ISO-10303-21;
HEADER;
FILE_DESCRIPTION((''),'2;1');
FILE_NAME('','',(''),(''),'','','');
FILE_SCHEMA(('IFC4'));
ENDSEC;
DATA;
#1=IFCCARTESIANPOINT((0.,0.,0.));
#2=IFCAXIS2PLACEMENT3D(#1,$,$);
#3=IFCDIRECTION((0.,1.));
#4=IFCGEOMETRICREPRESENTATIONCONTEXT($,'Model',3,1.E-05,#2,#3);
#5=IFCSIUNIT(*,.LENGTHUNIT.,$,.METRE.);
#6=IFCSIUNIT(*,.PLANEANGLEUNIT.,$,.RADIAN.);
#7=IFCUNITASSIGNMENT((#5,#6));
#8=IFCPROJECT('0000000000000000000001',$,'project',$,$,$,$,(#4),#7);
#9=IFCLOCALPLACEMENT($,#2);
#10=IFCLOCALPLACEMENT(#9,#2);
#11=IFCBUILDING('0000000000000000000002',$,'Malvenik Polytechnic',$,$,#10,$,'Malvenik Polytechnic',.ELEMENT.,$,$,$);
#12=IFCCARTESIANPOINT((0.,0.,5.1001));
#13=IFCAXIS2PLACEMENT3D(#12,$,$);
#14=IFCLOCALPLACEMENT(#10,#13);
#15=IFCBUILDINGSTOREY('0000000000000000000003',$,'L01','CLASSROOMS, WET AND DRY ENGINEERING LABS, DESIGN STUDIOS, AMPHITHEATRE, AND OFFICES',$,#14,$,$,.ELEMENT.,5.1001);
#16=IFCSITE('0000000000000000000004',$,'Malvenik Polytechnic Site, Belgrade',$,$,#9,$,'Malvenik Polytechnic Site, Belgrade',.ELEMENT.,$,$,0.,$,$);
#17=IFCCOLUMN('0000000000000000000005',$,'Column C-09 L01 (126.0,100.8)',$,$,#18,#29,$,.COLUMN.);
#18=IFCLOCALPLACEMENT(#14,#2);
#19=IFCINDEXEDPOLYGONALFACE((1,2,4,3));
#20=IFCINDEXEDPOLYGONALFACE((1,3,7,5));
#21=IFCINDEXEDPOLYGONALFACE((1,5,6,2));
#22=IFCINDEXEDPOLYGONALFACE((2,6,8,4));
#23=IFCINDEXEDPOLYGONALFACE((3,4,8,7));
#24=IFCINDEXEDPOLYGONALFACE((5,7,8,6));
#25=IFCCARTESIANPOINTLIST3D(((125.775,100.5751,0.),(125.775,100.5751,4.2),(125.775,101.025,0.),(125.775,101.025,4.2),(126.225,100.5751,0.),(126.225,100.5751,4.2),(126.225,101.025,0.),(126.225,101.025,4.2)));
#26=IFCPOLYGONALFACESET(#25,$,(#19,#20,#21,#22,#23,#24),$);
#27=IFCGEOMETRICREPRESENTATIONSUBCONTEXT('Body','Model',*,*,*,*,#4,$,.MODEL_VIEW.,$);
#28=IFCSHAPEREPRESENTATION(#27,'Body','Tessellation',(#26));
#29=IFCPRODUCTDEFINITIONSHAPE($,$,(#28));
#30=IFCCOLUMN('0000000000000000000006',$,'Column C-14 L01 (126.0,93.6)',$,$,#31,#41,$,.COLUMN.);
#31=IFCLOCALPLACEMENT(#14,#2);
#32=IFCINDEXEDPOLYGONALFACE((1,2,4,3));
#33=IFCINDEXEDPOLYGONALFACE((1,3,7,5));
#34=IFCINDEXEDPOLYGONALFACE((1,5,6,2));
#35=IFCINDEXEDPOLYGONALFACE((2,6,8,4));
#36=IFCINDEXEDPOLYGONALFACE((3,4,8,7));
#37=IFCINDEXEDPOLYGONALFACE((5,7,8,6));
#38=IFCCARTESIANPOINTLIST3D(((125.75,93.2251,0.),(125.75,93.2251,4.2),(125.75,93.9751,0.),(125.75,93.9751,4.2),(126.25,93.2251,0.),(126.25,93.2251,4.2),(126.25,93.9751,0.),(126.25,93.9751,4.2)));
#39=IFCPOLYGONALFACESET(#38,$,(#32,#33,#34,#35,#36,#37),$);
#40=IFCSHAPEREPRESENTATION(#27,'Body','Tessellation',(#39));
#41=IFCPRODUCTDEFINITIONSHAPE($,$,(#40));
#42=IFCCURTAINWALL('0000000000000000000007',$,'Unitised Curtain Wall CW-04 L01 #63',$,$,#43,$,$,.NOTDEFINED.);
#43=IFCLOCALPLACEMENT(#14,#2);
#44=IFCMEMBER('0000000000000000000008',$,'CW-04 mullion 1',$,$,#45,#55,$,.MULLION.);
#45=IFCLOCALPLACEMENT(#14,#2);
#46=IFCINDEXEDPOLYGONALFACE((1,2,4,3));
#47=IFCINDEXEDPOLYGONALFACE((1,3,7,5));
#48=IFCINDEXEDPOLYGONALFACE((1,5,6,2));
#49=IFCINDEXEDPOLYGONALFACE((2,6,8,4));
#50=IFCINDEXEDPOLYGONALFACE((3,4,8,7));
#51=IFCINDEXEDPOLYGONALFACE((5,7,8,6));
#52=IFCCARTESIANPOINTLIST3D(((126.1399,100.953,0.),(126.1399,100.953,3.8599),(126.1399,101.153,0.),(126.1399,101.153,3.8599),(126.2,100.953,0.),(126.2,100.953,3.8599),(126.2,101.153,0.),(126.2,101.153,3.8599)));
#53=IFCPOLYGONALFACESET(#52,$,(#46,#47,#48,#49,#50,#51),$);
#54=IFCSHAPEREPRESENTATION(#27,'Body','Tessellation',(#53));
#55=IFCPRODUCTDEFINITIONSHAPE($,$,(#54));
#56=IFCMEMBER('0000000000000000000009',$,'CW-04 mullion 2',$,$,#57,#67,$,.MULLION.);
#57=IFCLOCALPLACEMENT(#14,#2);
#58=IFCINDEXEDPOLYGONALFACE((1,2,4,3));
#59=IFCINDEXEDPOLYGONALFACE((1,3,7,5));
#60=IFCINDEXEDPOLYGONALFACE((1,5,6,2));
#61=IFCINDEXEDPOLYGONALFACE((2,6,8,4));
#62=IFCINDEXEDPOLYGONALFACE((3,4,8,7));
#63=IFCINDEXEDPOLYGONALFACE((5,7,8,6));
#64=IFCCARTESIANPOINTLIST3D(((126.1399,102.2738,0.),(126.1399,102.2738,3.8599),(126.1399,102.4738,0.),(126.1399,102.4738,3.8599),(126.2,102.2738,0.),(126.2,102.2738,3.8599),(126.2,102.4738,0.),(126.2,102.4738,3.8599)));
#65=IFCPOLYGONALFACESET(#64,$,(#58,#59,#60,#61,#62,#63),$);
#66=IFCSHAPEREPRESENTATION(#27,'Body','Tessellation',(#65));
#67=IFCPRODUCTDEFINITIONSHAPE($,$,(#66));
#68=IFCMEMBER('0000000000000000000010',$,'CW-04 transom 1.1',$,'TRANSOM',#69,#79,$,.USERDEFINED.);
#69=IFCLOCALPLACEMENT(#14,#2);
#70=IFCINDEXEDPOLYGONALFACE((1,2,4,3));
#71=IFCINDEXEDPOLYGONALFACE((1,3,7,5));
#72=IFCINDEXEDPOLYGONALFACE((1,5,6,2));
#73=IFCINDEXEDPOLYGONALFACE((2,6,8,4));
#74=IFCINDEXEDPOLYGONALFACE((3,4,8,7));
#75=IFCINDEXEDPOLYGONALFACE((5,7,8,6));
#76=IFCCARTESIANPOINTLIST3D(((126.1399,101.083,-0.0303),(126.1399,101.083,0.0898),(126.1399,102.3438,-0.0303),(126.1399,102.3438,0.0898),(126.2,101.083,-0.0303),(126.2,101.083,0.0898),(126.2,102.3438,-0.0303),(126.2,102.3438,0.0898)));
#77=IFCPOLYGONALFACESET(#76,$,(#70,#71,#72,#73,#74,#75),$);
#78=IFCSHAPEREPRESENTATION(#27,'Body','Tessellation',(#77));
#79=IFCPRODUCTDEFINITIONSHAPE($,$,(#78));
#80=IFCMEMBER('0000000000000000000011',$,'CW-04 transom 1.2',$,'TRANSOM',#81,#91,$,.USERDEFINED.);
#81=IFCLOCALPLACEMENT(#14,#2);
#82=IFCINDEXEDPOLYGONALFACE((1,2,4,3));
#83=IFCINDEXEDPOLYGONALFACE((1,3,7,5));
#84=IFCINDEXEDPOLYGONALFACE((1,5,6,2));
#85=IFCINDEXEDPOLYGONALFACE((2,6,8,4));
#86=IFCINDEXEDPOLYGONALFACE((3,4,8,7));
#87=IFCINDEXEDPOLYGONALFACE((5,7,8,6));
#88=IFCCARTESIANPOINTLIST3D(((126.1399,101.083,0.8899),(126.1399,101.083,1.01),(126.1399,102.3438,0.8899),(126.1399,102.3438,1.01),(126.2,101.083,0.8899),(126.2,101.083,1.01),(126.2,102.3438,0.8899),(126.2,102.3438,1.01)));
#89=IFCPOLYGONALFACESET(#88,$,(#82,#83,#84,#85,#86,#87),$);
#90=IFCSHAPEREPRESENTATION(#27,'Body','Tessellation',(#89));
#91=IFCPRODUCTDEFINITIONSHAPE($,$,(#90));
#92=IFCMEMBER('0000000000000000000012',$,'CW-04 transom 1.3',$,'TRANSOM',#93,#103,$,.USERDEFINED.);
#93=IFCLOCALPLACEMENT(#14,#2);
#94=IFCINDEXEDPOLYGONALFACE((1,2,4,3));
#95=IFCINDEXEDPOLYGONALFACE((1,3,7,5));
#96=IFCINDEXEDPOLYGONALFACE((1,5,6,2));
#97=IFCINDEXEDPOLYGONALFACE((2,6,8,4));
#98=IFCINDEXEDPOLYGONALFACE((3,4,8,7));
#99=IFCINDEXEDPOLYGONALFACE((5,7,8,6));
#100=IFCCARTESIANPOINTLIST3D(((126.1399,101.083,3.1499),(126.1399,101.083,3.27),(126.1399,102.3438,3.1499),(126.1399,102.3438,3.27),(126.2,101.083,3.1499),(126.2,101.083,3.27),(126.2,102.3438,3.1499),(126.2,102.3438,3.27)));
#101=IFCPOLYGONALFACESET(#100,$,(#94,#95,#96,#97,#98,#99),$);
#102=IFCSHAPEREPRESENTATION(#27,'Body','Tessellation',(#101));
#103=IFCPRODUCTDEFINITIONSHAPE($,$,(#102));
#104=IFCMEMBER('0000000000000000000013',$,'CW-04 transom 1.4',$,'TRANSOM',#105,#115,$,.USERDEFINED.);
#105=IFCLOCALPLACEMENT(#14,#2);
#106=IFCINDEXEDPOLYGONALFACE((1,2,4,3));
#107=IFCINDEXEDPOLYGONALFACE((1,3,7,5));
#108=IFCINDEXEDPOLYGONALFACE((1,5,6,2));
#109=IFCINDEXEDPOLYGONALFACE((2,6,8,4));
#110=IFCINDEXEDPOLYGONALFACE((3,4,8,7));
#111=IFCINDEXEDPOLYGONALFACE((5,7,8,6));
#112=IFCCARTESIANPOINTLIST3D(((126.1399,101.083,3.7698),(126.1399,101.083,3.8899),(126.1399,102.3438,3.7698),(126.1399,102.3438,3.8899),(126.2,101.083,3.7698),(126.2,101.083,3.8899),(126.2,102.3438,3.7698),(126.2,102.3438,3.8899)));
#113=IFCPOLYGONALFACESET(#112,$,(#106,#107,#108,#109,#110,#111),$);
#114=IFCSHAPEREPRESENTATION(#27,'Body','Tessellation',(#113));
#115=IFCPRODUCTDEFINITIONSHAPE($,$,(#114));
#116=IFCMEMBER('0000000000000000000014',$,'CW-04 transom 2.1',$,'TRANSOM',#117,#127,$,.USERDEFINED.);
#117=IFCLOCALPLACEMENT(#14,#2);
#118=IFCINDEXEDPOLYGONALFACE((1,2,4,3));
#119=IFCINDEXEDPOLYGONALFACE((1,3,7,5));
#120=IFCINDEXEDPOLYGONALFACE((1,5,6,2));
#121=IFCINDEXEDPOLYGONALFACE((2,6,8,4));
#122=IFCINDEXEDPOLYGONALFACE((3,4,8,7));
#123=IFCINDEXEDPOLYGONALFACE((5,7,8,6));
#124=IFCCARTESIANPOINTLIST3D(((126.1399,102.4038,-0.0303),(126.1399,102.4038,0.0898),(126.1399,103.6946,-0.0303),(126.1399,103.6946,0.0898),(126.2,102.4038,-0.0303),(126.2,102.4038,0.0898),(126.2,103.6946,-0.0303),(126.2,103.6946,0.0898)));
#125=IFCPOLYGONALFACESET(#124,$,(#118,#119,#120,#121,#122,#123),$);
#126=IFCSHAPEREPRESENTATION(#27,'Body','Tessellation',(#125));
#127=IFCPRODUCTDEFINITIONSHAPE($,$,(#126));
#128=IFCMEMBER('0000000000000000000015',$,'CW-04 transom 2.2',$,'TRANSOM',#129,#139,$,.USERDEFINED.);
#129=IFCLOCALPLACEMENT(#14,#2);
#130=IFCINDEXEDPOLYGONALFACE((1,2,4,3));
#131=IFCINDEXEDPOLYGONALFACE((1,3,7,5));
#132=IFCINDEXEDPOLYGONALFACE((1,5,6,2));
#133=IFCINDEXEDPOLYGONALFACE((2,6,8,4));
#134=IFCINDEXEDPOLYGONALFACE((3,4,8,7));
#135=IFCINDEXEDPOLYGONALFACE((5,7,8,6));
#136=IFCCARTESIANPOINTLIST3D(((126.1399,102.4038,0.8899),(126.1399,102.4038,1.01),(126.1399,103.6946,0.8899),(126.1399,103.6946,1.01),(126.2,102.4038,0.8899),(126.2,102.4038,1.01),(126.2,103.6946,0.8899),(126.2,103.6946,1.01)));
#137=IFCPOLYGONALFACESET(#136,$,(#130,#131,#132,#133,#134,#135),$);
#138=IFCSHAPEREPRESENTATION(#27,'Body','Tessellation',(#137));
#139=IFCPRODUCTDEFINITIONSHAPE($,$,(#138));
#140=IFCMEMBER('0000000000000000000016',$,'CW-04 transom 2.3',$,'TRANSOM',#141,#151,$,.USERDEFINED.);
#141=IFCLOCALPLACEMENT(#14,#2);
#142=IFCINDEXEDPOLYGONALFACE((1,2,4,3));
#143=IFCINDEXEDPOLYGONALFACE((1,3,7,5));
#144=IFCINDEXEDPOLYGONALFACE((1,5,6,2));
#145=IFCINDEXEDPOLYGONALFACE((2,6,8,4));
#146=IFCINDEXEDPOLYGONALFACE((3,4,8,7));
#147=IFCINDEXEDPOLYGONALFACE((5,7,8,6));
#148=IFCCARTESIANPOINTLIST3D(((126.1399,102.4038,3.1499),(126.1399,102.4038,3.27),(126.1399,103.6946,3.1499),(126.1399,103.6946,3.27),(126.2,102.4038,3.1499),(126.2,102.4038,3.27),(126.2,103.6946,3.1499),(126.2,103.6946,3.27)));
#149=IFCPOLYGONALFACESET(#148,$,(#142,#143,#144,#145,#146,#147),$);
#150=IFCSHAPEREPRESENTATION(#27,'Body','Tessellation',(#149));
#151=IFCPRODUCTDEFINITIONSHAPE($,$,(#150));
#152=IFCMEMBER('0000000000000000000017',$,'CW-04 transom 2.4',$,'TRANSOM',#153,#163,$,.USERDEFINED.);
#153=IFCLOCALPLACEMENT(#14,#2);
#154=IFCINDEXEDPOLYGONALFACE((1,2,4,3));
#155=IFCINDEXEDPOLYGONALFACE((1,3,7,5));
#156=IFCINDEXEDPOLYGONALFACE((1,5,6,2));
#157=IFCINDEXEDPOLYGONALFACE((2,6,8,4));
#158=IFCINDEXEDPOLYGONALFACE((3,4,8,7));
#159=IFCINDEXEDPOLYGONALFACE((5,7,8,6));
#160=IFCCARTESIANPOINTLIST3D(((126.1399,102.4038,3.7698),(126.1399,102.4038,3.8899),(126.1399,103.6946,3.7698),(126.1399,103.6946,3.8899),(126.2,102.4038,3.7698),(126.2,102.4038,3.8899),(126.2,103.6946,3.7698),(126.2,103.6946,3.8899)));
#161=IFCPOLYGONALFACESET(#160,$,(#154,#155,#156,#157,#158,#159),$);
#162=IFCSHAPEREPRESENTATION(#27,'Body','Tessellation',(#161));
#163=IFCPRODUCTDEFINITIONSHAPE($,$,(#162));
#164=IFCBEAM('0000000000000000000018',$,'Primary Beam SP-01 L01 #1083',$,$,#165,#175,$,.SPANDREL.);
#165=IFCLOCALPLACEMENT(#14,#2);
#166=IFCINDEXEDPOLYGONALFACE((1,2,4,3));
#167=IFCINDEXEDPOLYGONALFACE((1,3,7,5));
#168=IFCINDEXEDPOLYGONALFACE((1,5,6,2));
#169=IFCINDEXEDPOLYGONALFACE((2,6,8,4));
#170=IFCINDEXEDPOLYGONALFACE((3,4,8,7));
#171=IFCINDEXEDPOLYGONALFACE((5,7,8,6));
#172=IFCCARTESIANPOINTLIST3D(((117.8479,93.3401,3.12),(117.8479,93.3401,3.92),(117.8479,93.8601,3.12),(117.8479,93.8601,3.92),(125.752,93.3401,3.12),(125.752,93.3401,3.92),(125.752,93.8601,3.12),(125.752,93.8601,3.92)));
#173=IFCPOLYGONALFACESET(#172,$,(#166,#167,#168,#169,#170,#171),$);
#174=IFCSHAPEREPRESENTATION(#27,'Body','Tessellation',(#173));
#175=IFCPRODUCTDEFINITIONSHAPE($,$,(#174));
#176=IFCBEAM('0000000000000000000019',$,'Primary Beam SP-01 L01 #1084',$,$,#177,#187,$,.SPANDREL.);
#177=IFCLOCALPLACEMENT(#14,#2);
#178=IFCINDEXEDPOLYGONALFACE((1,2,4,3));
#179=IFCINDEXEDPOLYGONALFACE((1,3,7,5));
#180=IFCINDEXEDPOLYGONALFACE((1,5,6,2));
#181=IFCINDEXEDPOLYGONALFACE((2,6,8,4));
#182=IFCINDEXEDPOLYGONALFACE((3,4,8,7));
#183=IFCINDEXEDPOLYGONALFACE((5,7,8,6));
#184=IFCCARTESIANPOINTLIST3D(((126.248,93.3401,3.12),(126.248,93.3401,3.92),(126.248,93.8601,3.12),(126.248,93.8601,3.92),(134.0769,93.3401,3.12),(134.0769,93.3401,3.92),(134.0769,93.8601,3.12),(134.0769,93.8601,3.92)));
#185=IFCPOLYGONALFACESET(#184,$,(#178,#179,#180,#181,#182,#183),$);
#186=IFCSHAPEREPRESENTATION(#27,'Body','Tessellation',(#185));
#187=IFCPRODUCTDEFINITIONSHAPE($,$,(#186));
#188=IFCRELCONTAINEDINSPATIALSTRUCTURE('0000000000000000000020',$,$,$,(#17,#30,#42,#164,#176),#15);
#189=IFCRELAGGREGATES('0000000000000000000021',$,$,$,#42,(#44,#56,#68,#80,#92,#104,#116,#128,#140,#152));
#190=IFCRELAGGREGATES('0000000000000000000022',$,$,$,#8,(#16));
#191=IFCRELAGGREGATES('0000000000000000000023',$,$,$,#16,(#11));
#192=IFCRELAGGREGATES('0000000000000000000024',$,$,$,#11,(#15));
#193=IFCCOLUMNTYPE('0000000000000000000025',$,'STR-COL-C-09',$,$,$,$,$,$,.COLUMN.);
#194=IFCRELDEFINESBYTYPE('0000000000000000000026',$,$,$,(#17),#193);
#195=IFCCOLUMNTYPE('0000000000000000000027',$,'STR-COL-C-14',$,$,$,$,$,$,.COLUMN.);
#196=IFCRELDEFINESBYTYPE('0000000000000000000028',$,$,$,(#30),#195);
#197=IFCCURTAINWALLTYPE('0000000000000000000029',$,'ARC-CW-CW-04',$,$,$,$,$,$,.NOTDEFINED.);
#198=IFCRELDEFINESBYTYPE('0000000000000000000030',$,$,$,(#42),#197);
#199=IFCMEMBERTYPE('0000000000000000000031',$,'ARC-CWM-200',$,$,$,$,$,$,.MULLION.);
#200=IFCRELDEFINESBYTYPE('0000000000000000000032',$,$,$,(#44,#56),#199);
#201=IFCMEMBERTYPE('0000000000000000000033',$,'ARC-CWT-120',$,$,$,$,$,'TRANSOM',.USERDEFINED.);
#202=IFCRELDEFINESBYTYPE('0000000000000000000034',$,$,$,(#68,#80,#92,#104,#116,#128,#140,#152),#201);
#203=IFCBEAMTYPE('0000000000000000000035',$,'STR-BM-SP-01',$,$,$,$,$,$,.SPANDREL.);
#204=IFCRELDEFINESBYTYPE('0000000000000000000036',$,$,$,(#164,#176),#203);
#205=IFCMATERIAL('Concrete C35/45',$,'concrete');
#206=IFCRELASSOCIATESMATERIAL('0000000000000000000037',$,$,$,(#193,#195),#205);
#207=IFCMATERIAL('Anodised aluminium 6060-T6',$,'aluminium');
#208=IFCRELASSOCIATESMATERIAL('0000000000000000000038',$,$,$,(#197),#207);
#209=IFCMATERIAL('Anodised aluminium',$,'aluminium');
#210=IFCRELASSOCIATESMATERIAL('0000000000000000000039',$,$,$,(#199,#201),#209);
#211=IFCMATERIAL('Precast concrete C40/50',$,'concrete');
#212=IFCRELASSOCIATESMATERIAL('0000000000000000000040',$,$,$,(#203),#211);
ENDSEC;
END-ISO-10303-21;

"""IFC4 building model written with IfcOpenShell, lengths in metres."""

from ifc_helpers import new_model, si_unit, direction, frame, origin, origin_2d, place, context, subcontext, project, spatial, rectangle, extrude, material, material_profile, profile_set, type_object, element, aggregate, save


model = new_model("IFC4")

# Units and contexts
model_context = context("Model", 3, precision=1e-05, world=origin(), true_north=direction((0.0, 1.0)))
body_context = subcontext(model_context, "Body", "Model", "MODEL_VIEW")
ifc_project = project(units=[si_unit("LENGTHUNIT", "METRE"), si_unit("PLANEANGLEUNIT", "RADIAN")], contexts=[model_context])

# Site, building, storey
site_placement = place(None, origin())
site = spatial("IfcSite", under=ifc_project, at=site_placement, Name="Malvenik Polytechnic Site, Belgrade", LongName="Malvenik Polytechnic Site, Belgrade", CompositionType="ELEMENT", RefElevation=0.0)
building_placement = place(site_placement, origin())
building = spatial("IfcBuilding", under=site, at=building_placement, Name="Malvenik Polytechnic", LongName="Malvenik Polytechnic", CompositionType="ELEMENT")
storey_placement = place(building_placement, frame((0.0, 0.0, 5.1001)))
storey = spatial("IfcBuildingStorey", under=building, at=storey_placement, Name="L01", Description="CLASSROOMS, WET AND DRY ENGINEERING LABS, DESIGN STUDIOS, AMPHITHEATRE, AND OFFICES", CompositionType="ELEMENT", Elevation=5.1001)

# Columns
ifc_material_1 = material(Name="Concrete C35/45", Category="concrete")
ifc_material_profile_1 = material_profile(ifc_material_1, rectangle(XDim=0.45, YDim=0.45, at=origin_2d()), Name="RC COL 450x450")
ifc_profile_set_1 = profile_set([ifc_material_profile_1], Name="Concrete C35/45")
column_type_1 = type_object("IfcColumnType", Name="STR-COL-C-09", PredefinedType="COLUMN", material=ifc_profile_set_1)
column_1_placement = place(storey_placement, frame((126.0, 100.8, 0.0), z_axis=(0.0, 0.0, 1.0), x_axis=(1.0, 0.0, 0.0)))
element("IfcColumn", 1, at=column_1_placement, inside=storey, type_object=column_type_1, Name="Column C-09 L01 (126.0,100.8)", PredefinedType="COLUMN", context=body_context, shape_type="SweptSolid", body=[
    extrude(rectangle(XDim=0.45, YDim=0.45, at=origin_2d()), origin(), (0.0, 0.0, 1.0), 4.2),
])
ifc_material_profile_2 = material_profile(ifc_material_1, rectangle(XDim=0.5, YDim=0.75, at=origin_2d()), Name="RC COL 750x500")
ifc_profile_set_2 = profile_set([ifc_material_profile_2], Name="Concrete C35/45")
column_type_2 = type_object("IfcColumnType", Name="STR-COL-C-14", PredefinedType="COLUMN", material=ifc_profile_set_2)
column_2_placement = place(storey_placement, frame((126.0, 93.6001, 0.0), z_axis=(0.0, 0.0, 1.0), x_axis=(1.0, 0.0, 0.0)))
element("IfcColumn", 2, at=column_2_placement, inside=storey, type_object=column_type_2, Name="Column C-14 L01 (126.0,93.6)", PredefinedType="COLUMN", context=body_context, shape_type="SweptSolid", body=[
    extrude(rectangle(XDim=0.5, YDim=0.75, at=origin_2d()), origin(), (0.0, 0.0, 1.0), 4.2),
])

# Curtain wall, members
ifc_material_2 = material(Name="Anodised aluminium 6060-T6", Category="aluminium")
curtain_wall_type = type_object("IfcCurtainWallType", Name="ARC-CW-CW-04", PredefinedType="NOTDEFINED", material=ifc_material_2)
curtain_wall_placement = place(storey_placement, origin())
curtain_wall = element("IfcCurtainWall", 3, at=curtain_wall_placement, inside=storey, type_object=curtain_wall_type, Name="Unitised Curtain Wall CW-04 L01 #63", PredefinedType="NOTDEFINED")
ifc_material_3 = material(Name="Anodised aluminium", Category="aluminium")
ifc_material_profile_3 = material_profile(ifc_material_3, rectangle(XDim=0.0601, YDim=0.2, at=origin_2d()), Name="ALU MULLION 60x200")
ifc_profile_set_3 = profile_set([ifc_material_profile_3], Name="Anodised aluminium")
member_type_1 = type_object("IfcMemberType", Name="ARC-CWM-200", PredefinedType="MULLION", material=ifc_profile_set_3)
member_1_placement = place(storey_placement, frame((126.1699, 101.053, 0.0), z_axis=(0.0, 0.0, 1.0), x_axis=(-1.0, 0.0, 0.0)))
member_1 = element("IfcMember", 4, at=member_1_placement, type_object=member_type_1, Name="CW-04 mullion 1", PredefinedType="MULLION", context=body_context, shape_type="SweptSolid", body=[
    extrude(rectangle(XDim=0.0601, YDim=0.2, at=origin_2d()), origin(), (0.0, 0.0, 1.0), 3.8599),
])
member_2_placement = place(storey_placement, frame((126.1699, 102.3738, 0.0), z_axis=(0.0, 0.0, 1.0), x_axis=(-1.0, 0.0, 0.0)))
member_2 = element("IfcMember", 5, at=member_2_placement, type_object=member_type_1, Name="CW-04 mullion 2", PredefinedType="MULLION", context=body_context, shape_type="SweptSolid", body=[
    extrude(rectangle(XDim=0.0601, YDim=0.2, at=origin_2d()), origin(), (0.0, 0.0, 1.0), 3.8599),
])
ifc_material_profile_4 = material_profile(ifc_material_3, rectangle(XDim=0.0601, YDim=0.1201, at=origin_2d()), Name="ALU TRANSOM 60x120")
ifc_profile_set_4 = profile_set([ifc_material_profile_4], Name="Anodised aluminium")
member_type_2 = type_object("IfcMemberType", Name="ARC-CWT-120", ElementType="TRANSOM", PredefinedType="USERDEFINED", material=ifc_profile_set_4)
member_3_placement = place(storey_placement, frame((126.1699, 101.083, 0.0298), z_axis=(0.0, 1.0, 0.0), x_axis=(-1.0, 0.0, 0.0)))
member_3 = element("IfcMember", 6, at=member_3_placement, type_object=member_type_2, Name="CW-04 transom 1.1", ObjectType="TRANSOM", PredefinedType="USERDEFINED", context=body_context, shape_type="SweptSolid", body=[
    extrude(rectangle(XDim=0.0601, YDim=0.1201, at=origin_2d()), origin(), (0.0, 0.0, 1.0), 1.2607),
])
member_4_placement = place(storey_placement, frame((126.1699, 101.083, 0.95), z_axis=(0.0, 1.0, 0.0), x_axis=(-1.0, 0.0, 0.0)))
member_4 = element("IfcMember", 7, at=member_4_placement, type_object=member_type_2, Name="CW-04 transom 1.2", ObjectType="TRANSOM", PredefinedType="USERDEFINED", context=body_context, shape_type="SweptSolid", body=[
    extrude(rectangle(XDim=0.0601, YDim=0.1201, at=origin_2d()), origin(), (0.0, 0.0, 1.0), 1.2607),
])
member_5_placement = place(storey_placement, frame((126.1699, 101.083, 3.21), z_axis=(0.0, 1.0, 0.0), x_axis=(-1.0, 0.0, 0.0)))
member_5 = element("IfcMember", 8, at=member_5_placement, type_object=member_type_2, Name="CW-04 transom 1.3", ObjectType="TRANSOM", PredefinedType="USERDEFINED", context=body_context, shape_type="SweptSolid", body=[
    extrude(rectangle(XDim=0.0601, YDim=0.1201, at=origin_2d()), origin(), (0.0, 0.0, 1.0), 1.2607),
])
member_6_placement = place(storey_placement, frame((126.1699, 101.083, 3.8298), z_axis=(0.0, 1.0, 0.0), x_axis=(-1.0, 0.0, 0.0)))
member_6 = element("IfcMember", 9, at=member_6_placement, type_object=member_type_2, Name="CW-04 transom 1.4", ObjectType="TRANSOM", PredefinedType="USERDEFINED", context=body_context, shape_type="SweptSolid", body=[
    extrude(rectangle(XDim=0.0601, YDim=0.1201, at=origin_2d()), origin(), (0.0, 0.0, 1.0), 1.2607),
])
member_7_placement = place(storey_placement, frame((126.1699, 102.4038, 0.0298), z_axis=(0.0, 1.0, 0.0), x_axis=(-1.0, 0.0, 0.0)))
member_7 = element("IfcMember", 10, at=member_7_placement, type_object=member_type_2, Name="CW-04 transom 2.1", ObjectType="TRANSOM", PredefinedType="USERDEFINED", context=body_context, shape_type="SweptSolid", body=[
    extrude(rectangle(XDim=0.0601, YDim=0.1201, at=origin_2d()), origin(), (0.0, 0.0, 1.0), 1.2908),
])
member_8_placement = place(storey_placement, frame((126.1699, 102.4038, 0.95), z_axis=(0.0, 1.0, 0.0), x_axis=(-1.0, 0.0, 0.0)))
member_8 = element("IfcMember", 11, at=member_8_placement, type_object=member_type_2, Name="CW-04 transom 2.2", ObjectType="TRANSOM", PredefinedType="USERDEFINED", context=body_context, shape_type="SweptSolid", body=[
    extrude(rectangle(XDim=0.0601, YDim=0.1201, at=origin_2d()), origin(), (0.0, 0.0, 1.0), 1.2908),
])
member_9_placement = place(storey_placement, frame((126.1699, 102.4038, 3.21), z_axis=(0.0, 1.0, 0.0), x_axis=(-1.0, 0.0, 0.0)))
member_9 = element("IfcMember", 12, at=member_9_placement, type_object=member_type_2, Name="CW-04 transom 2.3", ObjectType="TRANSOM", PredefinedType="USERDEFINED", context=body_context, shape_type="SweptSolid", body=[
    extrude(rectangle(XDim=0.0601, YDim=0.1201, at=origin_2d()), origin(), (0.0, 0.0, 1.0), 1.2908),
])
member_10_placement = place(storey_placement, frame((126.1699, 102.4038, 3.8298), z_axis=(0.0, 1.0, 0.0), x_axis=(-1.0, 0.0, 0.0)))
member_10 = element("IfcMember", 13, at=member_10_placement, type_object=member_type_2, Name="CW-04 transom 2.4", ObjectType="TRANSOM", PredefinedType="USERDEFINED", context=body_context, shape_type="SweptSolid", body=[
    extrude(rectangle(XDim=0.0601, YDim=0.1201, at=origin_2d()), origin(), (0.0, 0.0, 1.0), 1.2908),
])

# Beams
ifc_material_4 = material(Name="Precast concrete C40/50", Category="concrete")
ifc_material_profile_5 = material_profile(ifc_material_4, rectangle(XDim=0.52, YDim=0.8, at=origin_2d()), Name="PC SPN 520x800")
ifc_profile_set_5 = profile_set([ifc_material_profile_5], Name="Precast concrete C40/50")
beam_type = type_object("IfcBeamType", Name="STR-BM-SP-01", PredefinedType="SPANDREL", material=ifc_profile_set_5)
beam_1_placement = place(storey_placement, frame((117.8479, 93.6001, 3.52), z_axis=(1.0, 0.0, 0.0), x_axis=(0.0, 1.0, 0.0)))
element("IfcBeam", 14, at=beam_1_placement, inside=storey, type_object=beam_type, Name="Primary Beam SP-01 L01 #1083", PredefinedType="SPANDREL", context=body_context, shape_type="SweptSolid", body=[
    extrude(rectangle(XDim=0.52, YDim=0.8, at=origin_2d()), origin(), (0.0, 0.0, 1.0), 7.9041),
])
beam_2_placement = place(storey_placement, frame((126.248, 93.6001, 3.52), z_axis=(1.0, 0.0, 0.0), x_axis=(0.0, 1.0, 0.0)))
element("IfcBeam", 15, at=beam_2_placement, inside=storey, type_object=beam_type, Name="Primary Beam SP-01 L01 #1084", PredefinedType="SPANDREL", context=body_context, shape_type="SweptSolid", body=[
    extrude(rectangle(XDim=0.52, YDim=0.8, at=origin_2d()), origin(), (0.0, 0.0, 1.0), 7.8289),
])

aggregate(curtain_wall, [member_1, member_2, member_3, member_4, member_5, member_6, member_7, member_8, member_9, member_10])

save(model, "model.ifc")
